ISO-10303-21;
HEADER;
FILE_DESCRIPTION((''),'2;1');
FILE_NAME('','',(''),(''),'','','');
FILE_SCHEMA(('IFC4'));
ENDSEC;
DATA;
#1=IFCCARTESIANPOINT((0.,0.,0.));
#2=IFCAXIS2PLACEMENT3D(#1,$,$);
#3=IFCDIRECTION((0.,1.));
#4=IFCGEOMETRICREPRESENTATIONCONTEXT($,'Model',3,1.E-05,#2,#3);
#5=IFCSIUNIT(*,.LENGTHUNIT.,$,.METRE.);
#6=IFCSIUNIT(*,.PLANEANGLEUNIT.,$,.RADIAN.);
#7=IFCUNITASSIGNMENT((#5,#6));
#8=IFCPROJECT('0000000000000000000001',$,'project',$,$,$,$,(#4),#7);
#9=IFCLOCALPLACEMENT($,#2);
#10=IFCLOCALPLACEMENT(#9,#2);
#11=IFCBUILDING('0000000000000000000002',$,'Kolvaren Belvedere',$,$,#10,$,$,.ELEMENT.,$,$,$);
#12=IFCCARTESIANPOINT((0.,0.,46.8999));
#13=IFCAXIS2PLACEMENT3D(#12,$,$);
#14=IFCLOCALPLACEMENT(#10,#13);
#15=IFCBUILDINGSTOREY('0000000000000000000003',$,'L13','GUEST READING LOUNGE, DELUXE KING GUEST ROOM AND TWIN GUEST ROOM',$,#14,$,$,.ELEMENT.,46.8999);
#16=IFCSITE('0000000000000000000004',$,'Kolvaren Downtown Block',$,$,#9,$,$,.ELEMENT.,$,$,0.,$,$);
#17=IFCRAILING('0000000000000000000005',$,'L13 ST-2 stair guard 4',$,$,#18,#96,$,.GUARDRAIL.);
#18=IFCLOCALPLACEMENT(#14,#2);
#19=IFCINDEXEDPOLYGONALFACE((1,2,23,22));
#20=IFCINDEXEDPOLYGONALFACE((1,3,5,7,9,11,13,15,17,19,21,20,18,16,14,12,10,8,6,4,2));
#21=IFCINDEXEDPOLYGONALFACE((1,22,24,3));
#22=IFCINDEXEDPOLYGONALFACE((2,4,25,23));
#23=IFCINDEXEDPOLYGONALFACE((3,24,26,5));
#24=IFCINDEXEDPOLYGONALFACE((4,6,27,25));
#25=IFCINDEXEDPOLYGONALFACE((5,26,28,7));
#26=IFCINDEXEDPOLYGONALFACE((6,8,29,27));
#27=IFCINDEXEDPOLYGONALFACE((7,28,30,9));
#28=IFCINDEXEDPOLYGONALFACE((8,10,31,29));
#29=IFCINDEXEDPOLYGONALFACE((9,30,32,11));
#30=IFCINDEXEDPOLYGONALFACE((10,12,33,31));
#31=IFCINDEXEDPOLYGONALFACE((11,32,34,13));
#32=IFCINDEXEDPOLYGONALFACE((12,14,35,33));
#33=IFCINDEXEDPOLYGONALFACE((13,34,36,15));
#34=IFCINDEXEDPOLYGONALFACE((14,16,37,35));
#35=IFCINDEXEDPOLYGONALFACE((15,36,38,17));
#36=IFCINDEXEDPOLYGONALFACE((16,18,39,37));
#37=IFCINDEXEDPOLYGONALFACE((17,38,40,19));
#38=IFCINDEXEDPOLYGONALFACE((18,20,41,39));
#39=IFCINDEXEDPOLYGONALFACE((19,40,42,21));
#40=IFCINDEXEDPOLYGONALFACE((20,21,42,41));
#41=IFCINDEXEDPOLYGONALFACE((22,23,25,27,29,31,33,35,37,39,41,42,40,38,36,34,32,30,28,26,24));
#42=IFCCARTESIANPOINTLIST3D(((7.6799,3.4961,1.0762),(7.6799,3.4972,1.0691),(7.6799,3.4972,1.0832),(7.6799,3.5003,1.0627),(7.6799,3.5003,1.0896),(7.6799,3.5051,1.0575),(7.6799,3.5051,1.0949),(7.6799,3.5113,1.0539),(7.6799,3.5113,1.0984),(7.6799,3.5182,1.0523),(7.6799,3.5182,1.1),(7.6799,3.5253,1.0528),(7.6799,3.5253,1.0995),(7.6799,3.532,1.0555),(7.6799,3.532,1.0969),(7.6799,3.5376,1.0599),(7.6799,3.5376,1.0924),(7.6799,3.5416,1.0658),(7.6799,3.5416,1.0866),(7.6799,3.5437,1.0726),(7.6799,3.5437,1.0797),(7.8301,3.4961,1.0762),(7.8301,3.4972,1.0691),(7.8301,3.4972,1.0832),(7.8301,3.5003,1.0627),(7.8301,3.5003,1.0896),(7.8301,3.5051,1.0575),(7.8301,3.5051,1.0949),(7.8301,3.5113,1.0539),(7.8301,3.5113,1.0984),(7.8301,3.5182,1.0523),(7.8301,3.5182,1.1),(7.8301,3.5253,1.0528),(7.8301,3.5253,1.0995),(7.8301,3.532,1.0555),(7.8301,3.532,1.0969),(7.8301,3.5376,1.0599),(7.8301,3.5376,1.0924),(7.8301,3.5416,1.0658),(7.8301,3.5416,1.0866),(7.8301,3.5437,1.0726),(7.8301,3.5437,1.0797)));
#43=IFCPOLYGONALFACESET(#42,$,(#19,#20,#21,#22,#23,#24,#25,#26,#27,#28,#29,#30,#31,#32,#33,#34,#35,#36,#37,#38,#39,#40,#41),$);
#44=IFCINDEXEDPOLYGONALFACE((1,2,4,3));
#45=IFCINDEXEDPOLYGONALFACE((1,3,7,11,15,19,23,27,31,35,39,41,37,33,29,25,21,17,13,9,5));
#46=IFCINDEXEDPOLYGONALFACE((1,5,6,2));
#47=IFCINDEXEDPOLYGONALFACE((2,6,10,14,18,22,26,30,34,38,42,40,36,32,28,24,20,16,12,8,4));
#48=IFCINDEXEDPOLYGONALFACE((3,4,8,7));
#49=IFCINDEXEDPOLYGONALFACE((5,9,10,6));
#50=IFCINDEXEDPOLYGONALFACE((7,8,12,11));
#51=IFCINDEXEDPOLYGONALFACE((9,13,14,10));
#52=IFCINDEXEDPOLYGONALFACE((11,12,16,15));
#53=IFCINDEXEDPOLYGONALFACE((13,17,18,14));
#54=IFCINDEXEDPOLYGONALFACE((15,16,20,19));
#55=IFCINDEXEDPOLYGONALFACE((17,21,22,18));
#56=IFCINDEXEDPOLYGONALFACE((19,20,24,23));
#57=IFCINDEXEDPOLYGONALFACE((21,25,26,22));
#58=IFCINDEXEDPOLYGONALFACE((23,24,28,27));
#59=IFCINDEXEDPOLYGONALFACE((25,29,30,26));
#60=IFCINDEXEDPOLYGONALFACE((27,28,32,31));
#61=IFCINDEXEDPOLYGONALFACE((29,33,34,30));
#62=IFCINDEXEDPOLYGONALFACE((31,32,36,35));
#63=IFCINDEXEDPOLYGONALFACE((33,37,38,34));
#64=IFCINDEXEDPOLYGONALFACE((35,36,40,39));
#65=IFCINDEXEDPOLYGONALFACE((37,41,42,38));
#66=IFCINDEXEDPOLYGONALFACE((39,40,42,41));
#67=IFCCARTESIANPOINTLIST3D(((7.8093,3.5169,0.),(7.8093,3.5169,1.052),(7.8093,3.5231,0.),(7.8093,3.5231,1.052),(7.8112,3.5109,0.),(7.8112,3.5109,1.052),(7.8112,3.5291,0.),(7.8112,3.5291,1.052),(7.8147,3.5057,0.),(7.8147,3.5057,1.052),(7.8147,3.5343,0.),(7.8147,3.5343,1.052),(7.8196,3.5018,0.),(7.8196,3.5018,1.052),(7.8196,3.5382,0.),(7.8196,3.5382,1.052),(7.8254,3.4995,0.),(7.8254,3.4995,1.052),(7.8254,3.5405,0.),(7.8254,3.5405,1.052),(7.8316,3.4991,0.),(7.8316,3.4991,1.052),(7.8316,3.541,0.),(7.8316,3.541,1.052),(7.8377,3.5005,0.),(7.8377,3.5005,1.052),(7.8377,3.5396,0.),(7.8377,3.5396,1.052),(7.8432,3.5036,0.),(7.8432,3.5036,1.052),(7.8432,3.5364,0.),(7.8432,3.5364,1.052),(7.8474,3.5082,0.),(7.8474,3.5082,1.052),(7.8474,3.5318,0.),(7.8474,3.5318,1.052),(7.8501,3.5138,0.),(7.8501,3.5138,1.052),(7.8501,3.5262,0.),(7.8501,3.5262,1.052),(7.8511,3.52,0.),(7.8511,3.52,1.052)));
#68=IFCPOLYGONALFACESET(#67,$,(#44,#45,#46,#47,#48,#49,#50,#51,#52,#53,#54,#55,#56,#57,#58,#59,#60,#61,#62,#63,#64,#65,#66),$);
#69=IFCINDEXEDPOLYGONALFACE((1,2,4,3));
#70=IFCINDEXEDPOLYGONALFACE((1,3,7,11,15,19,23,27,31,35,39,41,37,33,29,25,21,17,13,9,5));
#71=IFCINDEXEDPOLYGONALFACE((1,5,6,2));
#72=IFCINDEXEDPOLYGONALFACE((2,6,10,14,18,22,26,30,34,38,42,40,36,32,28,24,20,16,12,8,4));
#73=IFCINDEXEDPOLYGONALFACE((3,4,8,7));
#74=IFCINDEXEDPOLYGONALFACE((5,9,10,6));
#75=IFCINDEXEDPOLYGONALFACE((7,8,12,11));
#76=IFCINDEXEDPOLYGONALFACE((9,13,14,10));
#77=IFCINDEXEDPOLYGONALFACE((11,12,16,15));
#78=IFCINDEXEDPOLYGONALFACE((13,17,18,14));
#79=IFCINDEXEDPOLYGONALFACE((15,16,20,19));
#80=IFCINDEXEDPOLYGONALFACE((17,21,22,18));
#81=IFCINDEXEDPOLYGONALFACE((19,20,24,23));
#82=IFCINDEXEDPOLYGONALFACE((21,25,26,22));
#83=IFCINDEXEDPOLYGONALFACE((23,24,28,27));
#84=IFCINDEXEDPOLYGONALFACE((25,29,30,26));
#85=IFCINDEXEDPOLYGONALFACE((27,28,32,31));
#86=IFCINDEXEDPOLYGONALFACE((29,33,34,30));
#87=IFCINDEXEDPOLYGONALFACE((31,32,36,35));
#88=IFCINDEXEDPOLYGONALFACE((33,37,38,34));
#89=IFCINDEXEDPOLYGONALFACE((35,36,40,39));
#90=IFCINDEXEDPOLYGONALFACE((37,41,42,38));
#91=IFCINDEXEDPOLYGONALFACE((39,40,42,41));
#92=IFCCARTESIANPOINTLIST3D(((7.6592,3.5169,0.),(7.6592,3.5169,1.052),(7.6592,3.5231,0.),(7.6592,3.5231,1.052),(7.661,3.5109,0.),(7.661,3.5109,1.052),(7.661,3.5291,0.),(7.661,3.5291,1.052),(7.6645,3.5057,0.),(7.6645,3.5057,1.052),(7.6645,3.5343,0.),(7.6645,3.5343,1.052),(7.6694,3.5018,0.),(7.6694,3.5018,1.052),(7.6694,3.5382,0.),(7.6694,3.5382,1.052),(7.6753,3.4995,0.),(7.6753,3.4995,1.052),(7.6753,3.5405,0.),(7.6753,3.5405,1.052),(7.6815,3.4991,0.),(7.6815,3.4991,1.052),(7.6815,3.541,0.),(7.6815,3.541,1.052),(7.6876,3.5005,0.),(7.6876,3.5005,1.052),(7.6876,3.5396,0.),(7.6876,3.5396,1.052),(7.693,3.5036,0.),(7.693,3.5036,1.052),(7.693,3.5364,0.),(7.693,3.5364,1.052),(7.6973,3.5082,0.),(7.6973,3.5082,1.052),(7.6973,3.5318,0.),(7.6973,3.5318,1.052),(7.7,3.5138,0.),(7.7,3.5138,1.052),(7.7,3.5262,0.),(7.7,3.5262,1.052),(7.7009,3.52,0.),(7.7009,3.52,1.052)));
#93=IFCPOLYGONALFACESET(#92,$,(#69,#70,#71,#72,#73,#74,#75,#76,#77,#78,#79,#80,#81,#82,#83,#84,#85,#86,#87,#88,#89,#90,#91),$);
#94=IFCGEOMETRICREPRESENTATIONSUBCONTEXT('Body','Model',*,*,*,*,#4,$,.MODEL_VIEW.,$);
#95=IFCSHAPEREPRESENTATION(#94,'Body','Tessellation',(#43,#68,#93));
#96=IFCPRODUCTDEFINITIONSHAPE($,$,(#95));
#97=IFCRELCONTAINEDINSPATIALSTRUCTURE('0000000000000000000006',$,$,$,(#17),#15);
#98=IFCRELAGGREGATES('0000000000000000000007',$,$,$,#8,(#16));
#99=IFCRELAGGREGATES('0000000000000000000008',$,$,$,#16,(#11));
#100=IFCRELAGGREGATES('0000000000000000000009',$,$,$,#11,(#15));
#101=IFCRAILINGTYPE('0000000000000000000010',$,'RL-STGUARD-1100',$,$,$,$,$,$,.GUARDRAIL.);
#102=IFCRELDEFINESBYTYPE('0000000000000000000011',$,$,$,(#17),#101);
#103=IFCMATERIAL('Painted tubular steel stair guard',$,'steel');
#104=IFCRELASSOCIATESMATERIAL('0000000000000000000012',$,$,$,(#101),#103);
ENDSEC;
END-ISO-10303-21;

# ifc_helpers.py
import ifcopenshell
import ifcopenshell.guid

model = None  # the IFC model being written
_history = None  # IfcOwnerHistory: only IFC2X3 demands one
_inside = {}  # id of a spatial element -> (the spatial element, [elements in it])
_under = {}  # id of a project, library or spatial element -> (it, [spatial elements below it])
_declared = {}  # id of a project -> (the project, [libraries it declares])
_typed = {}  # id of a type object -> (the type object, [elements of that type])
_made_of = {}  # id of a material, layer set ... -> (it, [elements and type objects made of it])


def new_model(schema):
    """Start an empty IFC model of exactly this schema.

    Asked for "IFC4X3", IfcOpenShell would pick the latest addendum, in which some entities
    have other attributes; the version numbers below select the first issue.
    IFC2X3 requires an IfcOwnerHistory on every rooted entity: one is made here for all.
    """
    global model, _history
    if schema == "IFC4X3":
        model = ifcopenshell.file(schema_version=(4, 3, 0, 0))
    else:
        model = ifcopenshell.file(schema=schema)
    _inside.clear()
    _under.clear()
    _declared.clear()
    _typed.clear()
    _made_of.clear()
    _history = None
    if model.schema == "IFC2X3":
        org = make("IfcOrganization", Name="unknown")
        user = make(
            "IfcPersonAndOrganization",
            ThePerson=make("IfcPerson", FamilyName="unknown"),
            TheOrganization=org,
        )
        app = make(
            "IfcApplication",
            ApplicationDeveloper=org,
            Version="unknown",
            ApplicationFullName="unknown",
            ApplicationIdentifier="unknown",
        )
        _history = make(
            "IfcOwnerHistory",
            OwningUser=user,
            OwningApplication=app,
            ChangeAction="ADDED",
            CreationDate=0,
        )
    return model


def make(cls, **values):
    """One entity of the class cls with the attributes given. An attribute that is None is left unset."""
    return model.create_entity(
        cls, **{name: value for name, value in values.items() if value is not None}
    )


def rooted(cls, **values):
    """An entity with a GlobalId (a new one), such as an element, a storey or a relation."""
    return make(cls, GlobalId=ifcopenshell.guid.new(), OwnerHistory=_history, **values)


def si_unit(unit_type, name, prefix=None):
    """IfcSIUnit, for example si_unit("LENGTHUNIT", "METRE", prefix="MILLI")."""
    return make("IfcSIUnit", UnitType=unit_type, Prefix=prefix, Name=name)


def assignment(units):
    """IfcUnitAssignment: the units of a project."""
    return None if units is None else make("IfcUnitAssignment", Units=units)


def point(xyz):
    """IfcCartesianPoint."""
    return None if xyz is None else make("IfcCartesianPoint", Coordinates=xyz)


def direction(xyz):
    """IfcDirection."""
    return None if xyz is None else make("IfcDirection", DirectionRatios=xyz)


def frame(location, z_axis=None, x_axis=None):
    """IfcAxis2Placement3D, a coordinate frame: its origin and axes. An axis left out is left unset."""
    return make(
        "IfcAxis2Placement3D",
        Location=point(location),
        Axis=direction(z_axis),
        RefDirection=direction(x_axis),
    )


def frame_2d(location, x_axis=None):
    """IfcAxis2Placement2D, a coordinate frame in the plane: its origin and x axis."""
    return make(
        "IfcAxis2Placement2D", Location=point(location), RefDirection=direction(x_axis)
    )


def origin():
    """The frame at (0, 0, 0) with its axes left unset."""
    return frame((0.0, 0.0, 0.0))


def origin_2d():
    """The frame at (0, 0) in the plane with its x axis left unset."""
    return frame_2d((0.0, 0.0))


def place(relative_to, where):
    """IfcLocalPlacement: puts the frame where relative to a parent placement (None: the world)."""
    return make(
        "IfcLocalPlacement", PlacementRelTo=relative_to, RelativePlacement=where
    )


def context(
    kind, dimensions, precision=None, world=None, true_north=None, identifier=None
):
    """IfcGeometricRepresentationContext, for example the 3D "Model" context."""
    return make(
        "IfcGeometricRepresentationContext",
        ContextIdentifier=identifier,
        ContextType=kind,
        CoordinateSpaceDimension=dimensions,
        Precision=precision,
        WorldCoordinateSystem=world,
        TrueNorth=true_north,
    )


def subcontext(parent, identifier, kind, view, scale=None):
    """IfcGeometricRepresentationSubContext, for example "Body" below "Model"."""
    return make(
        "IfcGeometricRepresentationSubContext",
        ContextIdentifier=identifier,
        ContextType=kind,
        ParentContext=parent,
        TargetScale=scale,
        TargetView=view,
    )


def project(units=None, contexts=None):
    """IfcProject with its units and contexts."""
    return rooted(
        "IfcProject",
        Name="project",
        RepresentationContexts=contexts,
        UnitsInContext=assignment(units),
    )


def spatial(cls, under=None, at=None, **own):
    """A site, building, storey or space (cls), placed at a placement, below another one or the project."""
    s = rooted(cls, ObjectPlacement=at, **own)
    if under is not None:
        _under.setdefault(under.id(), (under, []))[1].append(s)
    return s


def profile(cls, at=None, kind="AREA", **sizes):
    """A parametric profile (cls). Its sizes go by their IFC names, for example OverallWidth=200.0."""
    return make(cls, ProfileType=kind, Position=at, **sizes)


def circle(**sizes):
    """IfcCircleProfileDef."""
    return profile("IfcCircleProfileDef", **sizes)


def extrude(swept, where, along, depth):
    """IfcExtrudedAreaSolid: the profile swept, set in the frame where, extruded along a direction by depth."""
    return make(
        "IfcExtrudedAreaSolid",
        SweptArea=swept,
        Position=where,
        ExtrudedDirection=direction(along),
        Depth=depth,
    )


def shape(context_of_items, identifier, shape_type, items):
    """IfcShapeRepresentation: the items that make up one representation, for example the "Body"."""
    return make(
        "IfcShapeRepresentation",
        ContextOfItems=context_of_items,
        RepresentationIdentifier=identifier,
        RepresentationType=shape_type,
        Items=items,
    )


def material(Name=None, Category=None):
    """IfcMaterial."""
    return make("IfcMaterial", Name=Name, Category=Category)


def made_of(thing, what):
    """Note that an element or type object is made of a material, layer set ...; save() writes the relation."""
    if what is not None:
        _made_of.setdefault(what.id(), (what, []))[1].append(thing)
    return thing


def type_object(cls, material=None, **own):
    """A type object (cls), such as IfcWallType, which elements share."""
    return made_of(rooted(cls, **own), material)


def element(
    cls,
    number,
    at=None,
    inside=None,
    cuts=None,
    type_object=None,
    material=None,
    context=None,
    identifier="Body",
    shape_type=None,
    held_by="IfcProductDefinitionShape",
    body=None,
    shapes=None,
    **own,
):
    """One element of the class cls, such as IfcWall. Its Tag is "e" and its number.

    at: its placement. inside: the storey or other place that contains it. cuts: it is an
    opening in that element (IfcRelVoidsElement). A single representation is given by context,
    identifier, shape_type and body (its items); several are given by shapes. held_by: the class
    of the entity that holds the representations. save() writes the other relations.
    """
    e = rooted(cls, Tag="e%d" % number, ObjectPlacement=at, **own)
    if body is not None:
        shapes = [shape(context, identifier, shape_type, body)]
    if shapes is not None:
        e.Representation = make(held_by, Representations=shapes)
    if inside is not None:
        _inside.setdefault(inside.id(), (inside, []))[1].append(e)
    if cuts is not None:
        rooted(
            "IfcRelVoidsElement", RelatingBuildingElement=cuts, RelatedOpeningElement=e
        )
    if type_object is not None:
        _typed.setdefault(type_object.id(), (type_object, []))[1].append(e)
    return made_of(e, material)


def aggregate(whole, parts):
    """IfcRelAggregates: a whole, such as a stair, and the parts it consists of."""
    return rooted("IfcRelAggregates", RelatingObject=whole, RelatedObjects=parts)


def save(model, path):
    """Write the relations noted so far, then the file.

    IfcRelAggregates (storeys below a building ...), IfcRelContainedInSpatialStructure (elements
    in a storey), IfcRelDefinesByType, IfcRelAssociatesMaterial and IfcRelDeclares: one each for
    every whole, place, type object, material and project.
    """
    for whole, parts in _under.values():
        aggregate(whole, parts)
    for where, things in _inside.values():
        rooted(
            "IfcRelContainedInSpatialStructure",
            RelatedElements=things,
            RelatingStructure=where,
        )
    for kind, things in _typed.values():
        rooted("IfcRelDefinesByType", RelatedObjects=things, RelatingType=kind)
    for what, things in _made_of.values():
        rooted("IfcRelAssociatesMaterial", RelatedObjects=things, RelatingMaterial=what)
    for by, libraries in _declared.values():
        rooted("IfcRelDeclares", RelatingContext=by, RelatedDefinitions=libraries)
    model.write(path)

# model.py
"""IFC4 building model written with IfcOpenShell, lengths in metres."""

from ifc_helpers import new_model, si_unit, direction, frame, origin, origin_2d, place, context, subcontext, project, spatial, circle, extrude, material, type_object, element, save


model = new_model("IFC4")

# Units and contexts
model_context = context("Model", 3, precision=1e-05, world=origin(), true_north=direction((0.0, 1.0)))
body_context = subcontext(model_context, "Body", "Model", "MODEL_VIEW")
ifc_project = project(units=[si_unit("LENGTHUNIT", "METRE"), si_unit("PLANEANGLEUNIT", "RADIAN")], contexts=[model_context])

# Site, building, storey
site_placement = place(None, origin())
site = spatial("IfcSite", under=ifc_project, at=site_placement, Name="Kolvaren Downtown Block", CompositionType="ELEMENT", RefElevation=0.0)
building_placement = place(site_placement, origin())
building = spatial("IfcBuilding", under=site, at=building_placement, Name="Kolvaren Belvedere", CompositionType="ELEMENT")
storey_placement = place(building_placement, frame((0.0, 0.0, 46.8999)))
storey = spatial("IfcBuildingStorey", under=building, at=storey_placement, Name="L13", Description="GUEST READING LOUNGE, DELUXE KING GUEST ROOM AND TWIN GUEST ROOM", CompositionType="ELEMENT", Elevation=46.8999)

# Railing
ifc_material_1 = material(Name="Painted tubular steel stair guard", Category="steel")
railing_type_1 = type_object("IfcRailingType", Name="RL-STGUARD-1100", PredefinedType="GUARDRAIL", material=ifc_material_1)
railing_1_placement = place(storey_placement, frame((7.8301, 3.52, 0.0)))
element("IfcRailing", 1, at=railing_1_placement, inside=storey, type_object=railing_type_1, Name="L13 ST-2 stair guard 4", PredefinedType="GUARDRAIL", context=body_context, shape_type="SweptSolid", body=[
    extrude(circle(Radius=0.0239, at=origin_2d()), frame((0.0, 0.0, 1.0762), z_axis=(-1.0, 0.0, 0.0), x_axis=(0.0, -1.0, 0.0)), (0.0, 0.0, 1.0), 0.1501),
    extrude(circle(Radius=0.021, at=origin_2d()), origin(), (0.0, 0.0, 1.0), 1.052),
    extrude(circle(Radius=0.021, at=origin_2d()), frame((-0.1501, 0.0, 0.0)), (0.0, 0.0, 1.0), 1.052),
])

save(model, "model.ifc")
